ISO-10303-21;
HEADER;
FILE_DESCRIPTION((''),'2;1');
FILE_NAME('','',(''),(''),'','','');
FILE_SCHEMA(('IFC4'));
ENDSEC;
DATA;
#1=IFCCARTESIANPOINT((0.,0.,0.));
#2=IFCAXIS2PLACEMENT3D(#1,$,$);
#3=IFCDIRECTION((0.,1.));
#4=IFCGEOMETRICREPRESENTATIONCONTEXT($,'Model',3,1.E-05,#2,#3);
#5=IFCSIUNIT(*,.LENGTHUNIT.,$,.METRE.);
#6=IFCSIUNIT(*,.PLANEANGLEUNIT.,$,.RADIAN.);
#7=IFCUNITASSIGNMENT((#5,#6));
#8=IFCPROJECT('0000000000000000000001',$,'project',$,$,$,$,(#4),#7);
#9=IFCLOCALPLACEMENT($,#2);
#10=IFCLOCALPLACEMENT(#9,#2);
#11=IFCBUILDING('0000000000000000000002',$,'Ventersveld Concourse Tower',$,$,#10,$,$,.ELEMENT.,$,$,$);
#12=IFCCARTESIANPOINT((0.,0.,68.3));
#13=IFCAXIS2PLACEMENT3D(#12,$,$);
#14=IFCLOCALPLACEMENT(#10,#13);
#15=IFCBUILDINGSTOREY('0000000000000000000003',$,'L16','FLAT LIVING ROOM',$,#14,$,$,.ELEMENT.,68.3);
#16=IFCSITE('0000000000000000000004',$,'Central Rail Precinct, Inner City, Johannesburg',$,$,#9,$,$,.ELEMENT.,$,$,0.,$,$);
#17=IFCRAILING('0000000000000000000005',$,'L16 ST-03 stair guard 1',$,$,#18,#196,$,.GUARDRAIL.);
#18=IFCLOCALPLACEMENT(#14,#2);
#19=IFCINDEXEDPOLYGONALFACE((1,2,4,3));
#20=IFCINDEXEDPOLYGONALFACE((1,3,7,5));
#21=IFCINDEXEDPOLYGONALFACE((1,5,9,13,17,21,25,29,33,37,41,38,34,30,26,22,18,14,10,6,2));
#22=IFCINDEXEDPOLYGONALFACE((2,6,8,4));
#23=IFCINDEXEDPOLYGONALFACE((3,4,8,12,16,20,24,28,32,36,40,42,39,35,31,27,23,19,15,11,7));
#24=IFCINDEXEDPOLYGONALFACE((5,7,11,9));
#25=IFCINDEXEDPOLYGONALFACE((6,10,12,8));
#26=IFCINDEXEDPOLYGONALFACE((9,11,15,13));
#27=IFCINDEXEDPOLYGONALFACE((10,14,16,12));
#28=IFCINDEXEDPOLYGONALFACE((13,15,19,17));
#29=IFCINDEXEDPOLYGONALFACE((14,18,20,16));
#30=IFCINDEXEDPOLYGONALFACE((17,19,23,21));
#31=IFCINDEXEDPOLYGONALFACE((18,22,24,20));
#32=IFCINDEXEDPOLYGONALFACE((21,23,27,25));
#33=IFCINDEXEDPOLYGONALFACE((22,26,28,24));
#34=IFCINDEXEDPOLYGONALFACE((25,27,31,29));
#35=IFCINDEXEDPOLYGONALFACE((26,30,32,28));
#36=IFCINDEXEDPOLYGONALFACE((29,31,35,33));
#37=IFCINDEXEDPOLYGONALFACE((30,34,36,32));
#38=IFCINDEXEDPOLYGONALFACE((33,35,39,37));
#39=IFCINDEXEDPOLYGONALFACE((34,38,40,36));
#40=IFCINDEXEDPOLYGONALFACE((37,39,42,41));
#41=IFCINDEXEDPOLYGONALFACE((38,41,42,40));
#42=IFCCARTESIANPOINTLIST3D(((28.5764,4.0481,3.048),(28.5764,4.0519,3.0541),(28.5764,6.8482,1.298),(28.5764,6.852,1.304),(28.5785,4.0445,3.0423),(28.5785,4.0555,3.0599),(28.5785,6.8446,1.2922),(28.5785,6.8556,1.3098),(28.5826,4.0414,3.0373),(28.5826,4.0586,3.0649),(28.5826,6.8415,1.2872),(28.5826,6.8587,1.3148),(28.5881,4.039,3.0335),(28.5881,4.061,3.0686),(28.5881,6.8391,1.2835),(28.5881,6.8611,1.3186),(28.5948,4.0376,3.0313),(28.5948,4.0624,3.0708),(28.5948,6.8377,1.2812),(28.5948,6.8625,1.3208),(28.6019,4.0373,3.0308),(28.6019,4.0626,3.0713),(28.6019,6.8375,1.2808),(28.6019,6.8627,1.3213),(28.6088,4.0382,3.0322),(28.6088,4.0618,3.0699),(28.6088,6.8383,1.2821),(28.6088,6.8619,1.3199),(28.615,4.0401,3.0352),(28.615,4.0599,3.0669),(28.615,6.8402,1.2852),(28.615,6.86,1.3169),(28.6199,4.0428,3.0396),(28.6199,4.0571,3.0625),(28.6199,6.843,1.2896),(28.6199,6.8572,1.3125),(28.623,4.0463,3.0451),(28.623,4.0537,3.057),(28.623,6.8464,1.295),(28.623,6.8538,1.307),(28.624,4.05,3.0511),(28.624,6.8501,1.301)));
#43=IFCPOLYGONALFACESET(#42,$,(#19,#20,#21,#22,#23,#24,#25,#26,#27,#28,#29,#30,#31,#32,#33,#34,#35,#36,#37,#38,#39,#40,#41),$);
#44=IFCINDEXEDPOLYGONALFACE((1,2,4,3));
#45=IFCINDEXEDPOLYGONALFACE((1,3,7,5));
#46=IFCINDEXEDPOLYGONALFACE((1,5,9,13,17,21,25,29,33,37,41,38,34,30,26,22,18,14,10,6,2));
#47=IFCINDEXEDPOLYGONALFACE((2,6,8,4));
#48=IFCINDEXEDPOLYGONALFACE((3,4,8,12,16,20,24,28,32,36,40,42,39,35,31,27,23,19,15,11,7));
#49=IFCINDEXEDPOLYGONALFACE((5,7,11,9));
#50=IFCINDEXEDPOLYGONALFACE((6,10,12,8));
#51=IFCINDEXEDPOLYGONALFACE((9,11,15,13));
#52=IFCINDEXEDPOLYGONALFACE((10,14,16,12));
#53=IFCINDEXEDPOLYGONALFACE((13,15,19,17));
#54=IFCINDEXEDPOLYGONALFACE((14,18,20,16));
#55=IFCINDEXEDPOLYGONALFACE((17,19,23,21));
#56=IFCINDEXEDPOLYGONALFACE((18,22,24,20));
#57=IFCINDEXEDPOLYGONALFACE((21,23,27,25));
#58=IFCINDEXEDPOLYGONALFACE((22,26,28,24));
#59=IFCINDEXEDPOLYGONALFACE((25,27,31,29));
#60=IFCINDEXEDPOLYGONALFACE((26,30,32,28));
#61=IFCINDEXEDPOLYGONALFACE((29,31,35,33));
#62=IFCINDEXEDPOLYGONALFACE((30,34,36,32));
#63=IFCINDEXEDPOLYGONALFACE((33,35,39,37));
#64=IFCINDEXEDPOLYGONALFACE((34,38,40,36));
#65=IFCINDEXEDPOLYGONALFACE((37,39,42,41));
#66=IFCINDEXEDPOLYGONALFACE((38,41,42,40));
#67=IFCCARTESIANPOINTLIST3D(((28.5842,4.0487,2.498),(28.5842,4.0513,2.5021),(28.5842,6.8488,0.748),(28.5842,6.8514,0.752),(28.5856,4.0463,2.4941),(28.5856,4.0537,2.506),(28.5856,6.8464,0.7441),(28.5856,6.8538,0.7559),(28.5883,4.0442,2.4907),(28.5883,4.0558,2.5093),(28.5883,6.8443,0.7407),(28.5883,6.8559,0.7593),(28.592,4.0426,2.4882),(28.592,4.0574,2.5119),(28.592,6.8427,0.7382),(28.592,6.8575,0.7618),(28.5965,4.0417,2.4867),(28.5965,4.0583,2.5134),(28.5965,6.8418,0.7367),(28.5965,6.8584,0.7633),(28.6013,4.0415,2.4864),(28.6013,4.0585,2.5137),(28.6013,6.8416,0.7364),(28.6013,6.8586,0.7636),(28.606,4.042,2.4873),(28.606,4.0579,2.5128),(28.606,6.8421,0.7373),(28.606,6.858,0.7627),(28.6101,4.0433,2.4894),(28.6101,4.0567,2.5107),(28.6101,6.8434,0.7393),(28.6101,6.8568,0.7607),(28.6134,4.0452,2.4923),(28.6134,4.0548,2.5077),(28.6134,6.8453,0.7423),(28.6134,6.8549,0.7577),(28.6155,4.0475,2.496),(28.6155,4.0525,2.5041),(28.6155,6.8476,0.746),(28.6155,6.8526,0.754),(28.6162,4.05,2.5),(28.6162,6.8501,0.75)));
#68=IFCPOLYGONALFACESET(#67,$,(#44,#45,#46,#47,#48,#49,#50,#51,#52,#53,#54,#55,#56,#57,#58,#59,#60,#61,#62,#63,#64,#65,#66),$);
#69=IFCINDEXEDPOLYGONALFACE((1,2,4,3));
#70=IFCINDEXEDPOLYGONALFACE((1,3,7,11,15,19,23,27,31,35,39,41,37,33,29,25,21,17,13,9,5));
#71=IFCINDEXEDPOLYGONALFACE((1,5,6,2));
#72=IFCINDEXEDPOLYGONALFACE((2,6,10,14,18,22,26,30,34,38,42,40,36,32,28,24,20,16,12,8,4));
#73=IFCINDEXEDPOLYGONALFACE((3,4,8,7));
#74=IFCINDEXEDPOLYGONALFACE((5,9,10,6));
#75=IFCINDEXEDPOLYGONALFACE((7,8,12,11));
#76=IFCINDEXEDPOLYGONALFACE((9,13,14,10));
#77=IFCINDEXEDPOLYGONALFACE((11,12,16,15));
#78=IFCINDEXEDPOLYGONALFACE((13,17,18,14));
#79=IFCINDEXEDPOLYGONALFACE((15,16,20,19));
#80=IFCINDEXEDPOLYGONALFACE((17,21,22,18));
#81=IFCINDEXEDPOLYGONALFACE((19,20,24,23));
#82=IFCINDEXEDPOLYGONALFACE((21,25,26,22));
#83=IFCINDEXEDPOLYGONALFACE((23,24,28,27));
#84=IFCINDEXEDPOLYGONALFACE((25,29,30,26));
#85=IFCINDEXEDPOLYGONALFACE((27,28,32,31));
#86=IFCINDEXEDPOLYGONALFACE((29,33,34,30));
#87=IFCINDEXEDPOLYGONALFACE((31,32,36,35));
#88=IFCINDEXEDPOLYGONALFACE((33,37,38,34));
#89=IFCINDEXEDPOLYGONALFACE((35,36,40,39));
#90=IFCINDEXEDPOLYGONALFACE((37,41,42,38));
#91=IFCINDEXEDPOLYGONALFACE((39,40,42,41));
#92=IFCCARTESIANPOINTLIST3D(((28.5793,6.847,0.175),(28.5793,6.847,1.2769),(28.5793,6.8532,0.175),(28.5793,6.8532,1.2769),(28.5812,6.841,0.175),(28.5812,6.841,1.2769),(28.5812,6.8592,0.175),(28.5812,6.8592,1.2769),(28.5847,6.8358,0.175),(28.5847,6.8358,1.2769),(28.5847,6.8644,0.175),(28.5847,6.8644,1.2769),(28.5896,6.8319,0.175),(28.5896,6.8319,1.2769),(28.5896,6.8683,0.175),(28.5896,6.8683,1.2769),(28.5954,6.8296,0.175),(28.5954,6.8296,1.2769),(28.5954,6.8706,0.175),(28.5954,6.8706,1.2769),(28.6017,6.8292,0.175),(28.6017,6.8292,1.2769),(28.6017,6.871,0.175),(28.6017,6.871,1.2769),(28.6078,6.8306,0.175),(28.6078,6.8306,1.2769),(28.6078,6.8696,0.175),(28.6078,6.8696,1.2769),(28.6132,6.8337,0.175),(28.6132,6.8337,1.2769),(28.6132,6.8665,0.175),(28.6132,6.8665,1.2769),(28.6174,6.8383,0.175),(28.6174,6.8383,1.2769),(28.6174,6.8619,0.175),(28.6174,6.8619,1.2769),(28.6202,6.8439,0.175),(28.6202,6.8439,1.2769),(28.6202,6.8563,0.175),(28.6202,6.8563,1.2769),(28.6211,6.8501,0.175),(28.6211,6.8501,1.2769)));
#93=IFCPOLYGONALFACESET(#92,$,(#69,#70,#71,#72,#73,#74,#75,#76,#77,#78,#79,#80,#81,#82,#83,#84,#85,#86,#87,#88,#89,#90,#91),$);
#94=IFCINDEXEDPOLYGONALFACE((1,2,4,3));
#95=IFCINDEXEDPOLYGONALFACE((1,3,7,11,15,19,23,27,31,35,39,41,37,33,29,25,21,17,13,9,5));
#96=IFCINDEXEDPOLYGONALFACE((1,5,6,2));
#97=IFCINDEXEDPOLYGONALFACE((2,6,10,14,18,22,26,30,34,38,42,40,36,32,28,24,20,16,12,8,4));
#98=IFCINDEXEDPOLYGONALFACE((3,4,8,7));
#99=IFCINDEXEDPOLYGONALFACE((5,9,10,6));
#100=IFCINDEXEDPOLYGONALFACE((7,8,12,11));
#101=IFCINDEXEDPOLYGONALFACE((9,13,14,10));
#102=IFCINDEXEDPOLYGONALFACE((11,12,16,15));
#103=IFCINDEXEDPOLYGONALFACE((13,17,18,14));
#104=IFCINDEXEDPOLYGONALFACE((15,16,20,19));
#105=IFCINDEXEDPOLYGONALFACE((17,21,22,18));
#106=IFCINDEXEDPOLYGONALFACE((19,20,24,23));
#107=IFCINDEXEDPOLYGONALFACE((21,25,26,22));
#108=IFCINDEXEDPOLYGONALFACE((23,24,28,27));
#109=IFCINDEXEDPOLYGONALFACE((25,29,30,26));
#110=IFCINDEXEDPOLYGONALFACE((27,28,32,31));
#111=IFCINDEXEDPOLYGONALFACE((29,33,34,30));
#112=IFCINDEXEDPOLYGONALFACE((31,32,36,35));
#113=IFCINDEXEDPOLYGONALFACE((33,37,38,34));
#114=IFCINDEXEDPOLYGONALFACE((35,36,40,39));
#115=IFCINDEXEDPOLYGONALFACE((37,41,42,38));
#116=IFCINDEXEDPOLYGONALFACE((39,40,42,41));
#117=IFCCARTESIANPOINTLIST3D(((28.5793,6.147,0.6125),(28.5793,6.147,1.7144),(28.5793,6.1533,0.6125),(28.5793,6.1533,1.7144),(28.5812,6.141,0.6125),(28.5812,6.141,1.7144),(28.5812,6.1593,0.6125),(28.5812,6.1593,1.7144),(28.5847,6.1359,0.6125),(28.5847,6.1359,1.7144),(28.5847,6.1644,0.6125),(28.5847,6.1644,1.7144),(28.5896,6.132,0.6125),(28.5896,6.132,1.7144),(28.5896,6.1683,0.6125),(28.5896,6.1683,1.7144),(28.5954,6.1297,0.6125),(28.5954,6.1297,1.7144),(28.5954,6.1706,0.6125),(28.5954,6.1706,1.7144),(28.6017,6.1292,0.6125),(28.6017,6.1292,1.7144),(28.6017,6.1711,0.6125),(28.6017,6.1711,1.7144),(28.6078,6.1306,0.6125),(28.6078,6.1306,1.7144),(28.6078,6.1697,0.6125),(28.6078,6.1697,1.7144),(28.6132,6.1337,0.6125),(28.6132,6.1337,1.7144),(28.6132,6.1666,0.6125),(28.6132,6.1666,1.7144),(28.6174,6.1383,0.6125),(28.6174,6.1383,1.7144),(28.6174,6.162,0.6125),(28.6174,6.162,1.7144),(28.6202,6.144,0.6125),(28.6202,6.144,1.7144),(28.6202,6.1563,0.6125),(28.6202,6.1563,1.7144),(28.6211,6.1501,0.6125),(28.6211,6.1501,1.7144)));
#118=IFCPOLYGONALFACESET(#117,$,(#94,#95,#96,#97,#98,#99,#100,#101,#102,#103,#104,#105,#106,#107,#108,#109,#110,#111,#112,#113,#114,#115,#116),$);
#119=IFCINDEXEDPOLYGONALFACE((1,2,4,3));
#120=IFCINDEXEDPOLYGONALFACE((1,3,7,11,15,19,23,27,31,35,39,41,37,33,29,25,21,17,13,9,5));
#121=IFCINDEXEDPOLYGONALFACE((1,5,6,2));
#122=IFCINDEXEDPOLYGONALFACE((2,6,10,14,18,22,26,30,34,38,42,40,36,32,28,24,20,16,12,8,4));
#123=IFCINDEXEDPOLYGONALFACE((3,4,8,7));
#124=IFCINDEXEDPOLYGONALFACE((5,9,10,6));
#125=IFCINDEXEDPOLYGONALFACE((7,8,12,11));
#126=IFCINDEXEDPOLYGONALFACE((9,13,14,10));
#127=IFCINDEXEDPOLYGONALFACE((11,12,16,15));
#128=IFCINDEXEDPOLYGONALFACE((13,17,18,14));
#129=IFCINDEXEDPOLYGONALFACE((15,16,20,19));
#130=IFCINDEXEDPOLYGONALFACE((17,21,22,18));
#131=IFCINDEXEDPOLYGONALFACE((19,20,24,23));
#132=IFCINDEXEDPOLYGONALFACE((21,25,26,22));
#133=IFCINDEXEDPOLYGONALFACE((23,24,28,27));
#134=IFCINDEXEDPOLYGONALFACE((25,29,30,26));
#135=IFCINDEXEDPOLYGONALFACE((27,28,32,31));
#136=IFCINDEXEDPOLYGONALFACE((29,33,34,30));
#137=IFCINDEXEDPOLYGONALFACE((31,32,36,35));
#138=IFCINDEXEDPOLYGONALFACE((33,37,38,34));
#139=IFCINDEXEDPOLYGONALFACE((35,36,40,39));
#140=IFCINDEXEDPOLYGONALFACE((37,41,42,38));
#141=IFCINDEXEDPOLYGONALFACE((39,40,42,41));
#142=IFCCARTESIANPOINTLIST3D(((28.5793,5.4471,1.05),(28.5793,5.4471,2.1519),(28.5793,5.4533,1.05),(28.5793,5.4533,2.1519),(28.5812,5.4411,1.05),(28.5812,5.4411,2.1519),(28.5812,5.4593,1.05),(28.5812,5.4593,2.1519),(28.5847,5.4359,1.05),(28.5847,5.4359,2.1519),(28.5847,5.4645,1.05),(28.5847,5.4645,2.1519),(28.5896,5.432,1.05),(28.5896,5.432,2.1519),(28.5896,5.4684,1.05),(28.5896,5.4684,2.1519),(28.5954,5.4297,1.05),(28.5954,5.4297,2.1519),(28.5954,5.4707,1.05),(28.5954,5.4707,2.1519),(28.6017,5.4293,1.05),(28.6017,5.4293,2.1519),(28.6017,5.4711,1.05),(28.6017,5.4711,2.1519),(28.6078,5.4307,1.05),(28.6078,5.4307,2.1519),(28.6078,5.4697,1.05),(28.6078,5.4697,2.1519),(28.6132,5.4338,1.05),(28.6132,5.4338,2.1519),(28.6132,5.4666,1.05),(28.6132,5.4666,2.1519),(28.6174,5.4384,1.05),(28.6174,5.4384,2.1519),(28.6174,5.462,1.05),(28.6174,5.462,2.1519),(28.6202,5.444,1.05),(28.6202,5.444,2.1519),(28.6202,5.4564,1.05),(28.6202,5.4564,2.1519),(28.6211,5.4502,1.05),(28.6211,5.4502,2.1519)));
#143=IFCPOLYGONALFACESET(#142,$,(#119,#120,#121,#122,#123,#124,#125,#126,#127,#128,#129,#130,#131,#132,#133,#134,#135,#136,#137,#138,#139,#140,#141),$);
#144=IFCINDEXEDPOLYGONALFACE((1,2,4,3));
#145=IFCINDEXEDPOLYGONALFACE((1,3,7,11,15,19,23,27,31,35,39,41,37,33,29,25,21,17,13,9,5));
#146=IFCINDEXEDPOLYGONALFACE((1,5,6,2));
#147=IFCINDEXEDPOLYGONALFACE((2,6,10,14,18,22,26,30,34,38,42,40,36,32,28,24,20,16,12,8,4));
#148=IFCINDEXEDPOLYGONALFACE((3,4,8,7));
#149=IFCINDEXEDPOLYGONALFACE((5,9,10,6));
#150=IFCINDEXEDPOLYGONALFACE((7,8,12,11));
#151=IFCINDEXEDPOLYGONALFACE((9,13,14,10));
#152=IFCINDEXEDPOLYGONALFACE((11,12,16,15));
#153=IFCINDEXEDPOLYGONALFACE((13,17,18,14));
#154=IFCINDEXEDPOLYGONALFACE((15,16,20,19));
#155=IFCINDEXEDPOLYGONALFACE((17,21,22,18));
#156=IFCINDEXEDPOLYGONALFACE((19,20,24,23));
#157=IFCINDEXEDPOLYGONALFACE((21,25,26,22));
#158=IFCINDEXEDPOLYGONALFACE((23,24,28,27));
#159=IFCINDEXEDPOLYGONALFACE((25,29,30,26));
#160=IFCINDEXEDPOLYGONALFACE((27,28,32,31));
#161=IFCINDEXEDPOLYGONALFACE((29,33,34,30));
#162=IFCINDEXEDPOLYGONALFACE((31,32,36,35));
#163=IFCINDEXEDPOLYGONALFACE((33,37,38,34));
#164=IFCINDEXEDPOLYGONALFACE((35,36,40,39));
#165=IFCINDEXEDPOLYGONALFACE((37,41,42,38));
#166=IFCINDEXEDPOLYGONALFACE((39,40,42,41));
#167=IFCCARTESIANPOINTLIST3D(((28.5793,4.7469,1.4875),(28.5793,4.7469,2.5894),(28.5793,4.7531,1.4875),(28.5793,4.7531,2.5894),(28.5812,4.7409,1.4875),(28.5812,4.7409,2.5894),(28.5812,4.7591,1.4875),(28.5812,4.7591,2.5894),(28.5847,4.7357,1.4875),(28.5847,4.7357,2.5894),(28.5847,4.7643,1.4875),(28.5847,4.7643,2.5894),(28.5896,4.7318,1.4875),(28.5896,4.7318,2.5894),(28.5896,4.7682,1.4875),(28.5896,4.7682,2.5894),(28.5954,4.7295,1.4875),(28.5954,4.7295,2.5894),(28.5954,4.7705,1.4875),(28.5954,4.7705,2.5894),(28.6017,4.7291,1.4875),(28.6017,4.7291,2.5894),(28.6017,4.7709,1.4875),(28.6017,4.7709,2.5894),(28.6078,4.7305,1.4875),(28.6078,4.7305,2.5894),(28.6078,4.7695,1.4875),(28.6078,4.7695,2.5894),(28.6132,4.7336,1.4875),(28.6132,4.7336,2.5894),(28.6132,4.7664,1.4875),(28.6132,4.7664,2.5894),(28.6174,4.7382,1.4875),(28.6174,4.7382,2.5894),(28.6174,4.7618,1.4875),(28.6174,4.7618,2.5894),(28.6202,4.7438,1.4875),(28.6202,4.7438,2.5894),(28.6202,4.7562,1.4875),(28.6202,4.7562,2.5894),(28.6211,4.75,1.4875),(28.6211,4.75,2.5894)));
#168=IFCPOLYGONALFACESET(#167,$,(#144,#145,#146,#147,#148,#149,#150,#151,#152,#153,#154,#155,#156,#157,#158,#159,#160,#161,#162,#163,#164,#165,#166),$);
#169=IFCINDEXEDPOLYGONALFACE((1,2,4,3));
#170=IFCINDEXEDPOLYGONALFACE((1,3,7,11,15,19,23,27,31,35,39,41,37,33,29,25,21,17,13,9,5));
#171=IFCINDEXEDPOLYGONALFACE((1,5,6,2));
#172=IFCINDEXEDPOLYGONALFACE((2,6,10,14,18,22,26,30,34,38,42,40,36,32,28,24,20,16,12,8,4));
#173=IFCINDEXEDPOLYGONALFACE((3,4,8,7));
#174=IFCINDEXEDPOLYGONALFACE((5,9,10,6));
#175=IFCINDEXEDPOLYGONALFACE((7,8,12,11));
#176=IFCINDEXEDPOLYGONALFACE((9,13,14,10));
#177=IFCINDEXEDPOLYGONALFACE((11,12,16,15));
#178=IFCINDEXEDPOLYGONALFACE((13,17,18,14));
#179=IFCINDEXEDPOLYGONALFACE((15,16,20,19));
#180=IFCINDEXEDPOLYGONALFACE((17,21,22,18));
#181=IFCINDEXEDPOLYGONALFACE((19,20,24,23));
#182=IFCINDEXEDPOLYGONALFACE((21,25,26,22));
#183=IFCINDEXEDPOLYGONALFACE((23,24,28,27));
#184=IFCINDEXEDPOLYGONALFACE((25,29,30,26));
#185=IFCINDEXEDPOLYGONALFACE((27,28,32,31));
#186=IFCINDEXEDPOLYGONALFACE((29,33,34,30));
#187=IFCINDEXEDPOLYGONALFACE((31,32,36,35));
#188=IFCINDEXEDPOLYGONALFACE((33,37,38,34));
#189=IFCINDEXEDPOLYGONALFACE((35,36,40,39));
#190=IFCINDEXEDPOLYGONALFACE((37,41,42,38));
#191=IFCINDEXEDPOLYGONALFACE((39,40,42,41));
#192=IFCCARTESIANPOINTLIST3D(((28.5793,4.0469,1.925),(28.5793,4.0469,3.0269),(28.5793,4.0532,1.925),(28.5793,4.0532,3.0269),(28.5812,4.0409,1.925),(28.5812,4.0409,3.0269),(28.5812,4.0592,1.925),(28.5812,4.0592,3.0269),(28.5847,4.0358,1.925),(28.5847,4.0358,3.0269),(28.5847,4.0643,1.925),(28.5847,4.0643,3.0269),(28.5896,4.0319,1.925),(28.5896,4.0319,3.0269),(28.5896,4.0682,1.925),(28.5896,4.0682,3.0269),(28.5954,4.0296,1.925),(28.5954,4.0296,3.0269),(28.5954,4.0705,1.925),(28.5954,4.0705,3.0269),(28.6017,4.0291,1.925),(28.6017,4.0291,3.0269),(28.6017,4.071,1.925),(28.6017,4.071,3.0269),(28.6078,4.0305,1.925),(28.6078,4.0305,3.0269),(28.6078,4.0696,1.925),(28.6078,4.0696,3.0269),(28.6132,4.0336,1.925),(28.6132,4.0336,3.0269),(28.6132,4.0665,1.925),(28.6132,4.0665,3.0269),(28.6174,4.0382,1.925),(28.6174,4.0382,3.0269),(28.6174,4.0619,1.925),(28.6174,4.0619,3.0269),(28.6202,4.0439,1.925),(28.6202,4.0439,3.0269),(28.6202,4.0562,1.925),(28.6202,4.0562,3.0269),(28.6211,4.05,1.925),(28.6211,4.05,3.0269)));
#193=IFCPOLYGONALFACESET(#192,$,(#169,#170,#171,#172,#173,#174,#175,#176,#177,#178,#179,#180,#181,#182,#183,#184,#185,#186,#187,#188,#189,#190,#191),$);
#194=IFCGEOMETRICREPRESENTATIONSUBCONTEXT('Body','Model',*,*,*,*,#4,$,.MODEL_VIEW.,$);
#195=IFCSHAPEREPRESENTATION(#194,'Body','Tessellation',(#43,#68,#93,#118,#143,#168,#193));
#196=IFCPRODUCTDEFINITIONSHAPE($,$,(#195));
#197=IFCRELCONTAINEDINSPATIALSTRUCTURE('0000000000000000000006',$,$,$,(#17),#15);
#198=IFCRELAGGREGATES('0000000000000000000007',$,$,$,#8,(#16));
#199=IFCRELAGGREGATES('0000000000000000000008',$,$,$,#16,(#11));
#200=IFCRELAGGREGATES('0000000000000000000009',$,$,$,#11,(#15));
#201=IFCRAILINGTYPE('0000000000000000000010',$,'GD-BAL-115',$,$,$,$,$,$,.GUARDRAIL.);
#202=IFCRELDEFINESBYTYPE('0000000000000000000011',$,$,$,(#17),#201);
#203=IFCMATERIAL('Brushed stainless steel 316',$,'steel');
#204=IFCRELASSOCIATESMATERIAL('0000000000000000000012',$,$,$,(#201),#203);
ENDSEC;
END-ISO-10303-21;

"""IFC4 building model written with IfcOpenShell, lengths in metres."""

from ifc_helpers import new_model, si_unit, direction, frame, origin, origin_2d, place, context, subcontext, project, spatial, circle, extrude, material, type_object, element, save


model = new_model("IFC4")

# Units and contexts
model_context = context("Model", 3, precision=1e-05, world=origin(), true_north=direction((0.0, 1.0)))
body_context = subcontext(model_context, "Body", "Model", "MODEL_VIEW")
ifc_project = project(units=[si_unit("LENGTHUNIT", "METRE"), si_unit("PLANEANGLEUNIT", "RADIAN")], contexts=[model_context])

# Site, building, storey
site_placement = place(None, origin())
site = spatial("IfcSite", under=ifc_project, at=site_placement, Name="Central Rail Precinct, Inner City, Johannesburg", CompositionType="ELEMENT", RefElevation=0.0)
building_placement = place(site_placement, origin())
building = spatial("IfcBuilding", under=site, at=building_placement, Name="Ventersveld Concourse Tower", CompositionType="ELEMENT")
storey_placement = place(building_placement, frame((0.0, 0.0, 68.3)))
storey = spatial("IfcBuildingStorey", under=building, at=storey_placement, Name="L16", Description="FLAT LIVING ROOM", CompositionType="ELEMENT", Elevation=68.3)

# Shared definitions
ifc_material_1 = material(Name="Brushed stainless steel 316", Category="steel")

# Railing
railing_type_1 = type_object("IfcRailingType", Name="GD-BAL-115", PredefinedType="GUARDRAIL", material=ifc_material_1)
railing_1_placement = place(storey_placement, frame((28.6001, 6.8501, 0.175)))
element("IfcRailing", 1, at=railing_1_placement, inside=storey, type_object=railing_type_1, Name="L16 ST-03 stair guard 1", PredefinedType="GUARDRAIL", context=body_context, shape_type="SweptSolid", body=[
    extrude(circle(Radius=0.0239, at=origin_2d()), frame((0.0, 0.0, 1.126), z_axis=(0.0, -0.848002, 0.529992), x_axis=(1.0, 0.0, 0.0)), (0.0, 0.0, 1.0), 3.302),
    extrude(circle(Radius=0.0161, at=origin_2d()), frame((0.0, 0.0, 0.575), z_axis=(0.0, -0.848002, 0.529992), x_axis=(1.0, 0.0, 0.0)), (0.0, 0.0, 1.0), 3.302),
    extrude(circle(Radius=0.021, at=origin_2d()), origin(), (0.0, 0.0, 1.0), 1.1018),
    extrude(circle(Radius=0.021, at=origin_2d()), frame((0.0, -0.7, 0.4375)), (0.0, 0.0, 1.0), 1.1018),
    extrude(circle(Radius=0.021, at=origin_2d()), frame((0.0, -1.3999, 0.875)), (0.0, 0.0, 1.0), 1.1018),
    extrude(circle(Radius=0.021, at=origin_2d()), frame((0.0, -2.1001, 1.3125)), (0.0, 0.0, 1.0), 1.1018),
    extrude(circle(Radius=0.021, at=origin_2d()), frame((0.0, -2.8, 1.75)), (0.0, 0.0, 1.0), 1.1018),
])

save(model, "model.ifc")
